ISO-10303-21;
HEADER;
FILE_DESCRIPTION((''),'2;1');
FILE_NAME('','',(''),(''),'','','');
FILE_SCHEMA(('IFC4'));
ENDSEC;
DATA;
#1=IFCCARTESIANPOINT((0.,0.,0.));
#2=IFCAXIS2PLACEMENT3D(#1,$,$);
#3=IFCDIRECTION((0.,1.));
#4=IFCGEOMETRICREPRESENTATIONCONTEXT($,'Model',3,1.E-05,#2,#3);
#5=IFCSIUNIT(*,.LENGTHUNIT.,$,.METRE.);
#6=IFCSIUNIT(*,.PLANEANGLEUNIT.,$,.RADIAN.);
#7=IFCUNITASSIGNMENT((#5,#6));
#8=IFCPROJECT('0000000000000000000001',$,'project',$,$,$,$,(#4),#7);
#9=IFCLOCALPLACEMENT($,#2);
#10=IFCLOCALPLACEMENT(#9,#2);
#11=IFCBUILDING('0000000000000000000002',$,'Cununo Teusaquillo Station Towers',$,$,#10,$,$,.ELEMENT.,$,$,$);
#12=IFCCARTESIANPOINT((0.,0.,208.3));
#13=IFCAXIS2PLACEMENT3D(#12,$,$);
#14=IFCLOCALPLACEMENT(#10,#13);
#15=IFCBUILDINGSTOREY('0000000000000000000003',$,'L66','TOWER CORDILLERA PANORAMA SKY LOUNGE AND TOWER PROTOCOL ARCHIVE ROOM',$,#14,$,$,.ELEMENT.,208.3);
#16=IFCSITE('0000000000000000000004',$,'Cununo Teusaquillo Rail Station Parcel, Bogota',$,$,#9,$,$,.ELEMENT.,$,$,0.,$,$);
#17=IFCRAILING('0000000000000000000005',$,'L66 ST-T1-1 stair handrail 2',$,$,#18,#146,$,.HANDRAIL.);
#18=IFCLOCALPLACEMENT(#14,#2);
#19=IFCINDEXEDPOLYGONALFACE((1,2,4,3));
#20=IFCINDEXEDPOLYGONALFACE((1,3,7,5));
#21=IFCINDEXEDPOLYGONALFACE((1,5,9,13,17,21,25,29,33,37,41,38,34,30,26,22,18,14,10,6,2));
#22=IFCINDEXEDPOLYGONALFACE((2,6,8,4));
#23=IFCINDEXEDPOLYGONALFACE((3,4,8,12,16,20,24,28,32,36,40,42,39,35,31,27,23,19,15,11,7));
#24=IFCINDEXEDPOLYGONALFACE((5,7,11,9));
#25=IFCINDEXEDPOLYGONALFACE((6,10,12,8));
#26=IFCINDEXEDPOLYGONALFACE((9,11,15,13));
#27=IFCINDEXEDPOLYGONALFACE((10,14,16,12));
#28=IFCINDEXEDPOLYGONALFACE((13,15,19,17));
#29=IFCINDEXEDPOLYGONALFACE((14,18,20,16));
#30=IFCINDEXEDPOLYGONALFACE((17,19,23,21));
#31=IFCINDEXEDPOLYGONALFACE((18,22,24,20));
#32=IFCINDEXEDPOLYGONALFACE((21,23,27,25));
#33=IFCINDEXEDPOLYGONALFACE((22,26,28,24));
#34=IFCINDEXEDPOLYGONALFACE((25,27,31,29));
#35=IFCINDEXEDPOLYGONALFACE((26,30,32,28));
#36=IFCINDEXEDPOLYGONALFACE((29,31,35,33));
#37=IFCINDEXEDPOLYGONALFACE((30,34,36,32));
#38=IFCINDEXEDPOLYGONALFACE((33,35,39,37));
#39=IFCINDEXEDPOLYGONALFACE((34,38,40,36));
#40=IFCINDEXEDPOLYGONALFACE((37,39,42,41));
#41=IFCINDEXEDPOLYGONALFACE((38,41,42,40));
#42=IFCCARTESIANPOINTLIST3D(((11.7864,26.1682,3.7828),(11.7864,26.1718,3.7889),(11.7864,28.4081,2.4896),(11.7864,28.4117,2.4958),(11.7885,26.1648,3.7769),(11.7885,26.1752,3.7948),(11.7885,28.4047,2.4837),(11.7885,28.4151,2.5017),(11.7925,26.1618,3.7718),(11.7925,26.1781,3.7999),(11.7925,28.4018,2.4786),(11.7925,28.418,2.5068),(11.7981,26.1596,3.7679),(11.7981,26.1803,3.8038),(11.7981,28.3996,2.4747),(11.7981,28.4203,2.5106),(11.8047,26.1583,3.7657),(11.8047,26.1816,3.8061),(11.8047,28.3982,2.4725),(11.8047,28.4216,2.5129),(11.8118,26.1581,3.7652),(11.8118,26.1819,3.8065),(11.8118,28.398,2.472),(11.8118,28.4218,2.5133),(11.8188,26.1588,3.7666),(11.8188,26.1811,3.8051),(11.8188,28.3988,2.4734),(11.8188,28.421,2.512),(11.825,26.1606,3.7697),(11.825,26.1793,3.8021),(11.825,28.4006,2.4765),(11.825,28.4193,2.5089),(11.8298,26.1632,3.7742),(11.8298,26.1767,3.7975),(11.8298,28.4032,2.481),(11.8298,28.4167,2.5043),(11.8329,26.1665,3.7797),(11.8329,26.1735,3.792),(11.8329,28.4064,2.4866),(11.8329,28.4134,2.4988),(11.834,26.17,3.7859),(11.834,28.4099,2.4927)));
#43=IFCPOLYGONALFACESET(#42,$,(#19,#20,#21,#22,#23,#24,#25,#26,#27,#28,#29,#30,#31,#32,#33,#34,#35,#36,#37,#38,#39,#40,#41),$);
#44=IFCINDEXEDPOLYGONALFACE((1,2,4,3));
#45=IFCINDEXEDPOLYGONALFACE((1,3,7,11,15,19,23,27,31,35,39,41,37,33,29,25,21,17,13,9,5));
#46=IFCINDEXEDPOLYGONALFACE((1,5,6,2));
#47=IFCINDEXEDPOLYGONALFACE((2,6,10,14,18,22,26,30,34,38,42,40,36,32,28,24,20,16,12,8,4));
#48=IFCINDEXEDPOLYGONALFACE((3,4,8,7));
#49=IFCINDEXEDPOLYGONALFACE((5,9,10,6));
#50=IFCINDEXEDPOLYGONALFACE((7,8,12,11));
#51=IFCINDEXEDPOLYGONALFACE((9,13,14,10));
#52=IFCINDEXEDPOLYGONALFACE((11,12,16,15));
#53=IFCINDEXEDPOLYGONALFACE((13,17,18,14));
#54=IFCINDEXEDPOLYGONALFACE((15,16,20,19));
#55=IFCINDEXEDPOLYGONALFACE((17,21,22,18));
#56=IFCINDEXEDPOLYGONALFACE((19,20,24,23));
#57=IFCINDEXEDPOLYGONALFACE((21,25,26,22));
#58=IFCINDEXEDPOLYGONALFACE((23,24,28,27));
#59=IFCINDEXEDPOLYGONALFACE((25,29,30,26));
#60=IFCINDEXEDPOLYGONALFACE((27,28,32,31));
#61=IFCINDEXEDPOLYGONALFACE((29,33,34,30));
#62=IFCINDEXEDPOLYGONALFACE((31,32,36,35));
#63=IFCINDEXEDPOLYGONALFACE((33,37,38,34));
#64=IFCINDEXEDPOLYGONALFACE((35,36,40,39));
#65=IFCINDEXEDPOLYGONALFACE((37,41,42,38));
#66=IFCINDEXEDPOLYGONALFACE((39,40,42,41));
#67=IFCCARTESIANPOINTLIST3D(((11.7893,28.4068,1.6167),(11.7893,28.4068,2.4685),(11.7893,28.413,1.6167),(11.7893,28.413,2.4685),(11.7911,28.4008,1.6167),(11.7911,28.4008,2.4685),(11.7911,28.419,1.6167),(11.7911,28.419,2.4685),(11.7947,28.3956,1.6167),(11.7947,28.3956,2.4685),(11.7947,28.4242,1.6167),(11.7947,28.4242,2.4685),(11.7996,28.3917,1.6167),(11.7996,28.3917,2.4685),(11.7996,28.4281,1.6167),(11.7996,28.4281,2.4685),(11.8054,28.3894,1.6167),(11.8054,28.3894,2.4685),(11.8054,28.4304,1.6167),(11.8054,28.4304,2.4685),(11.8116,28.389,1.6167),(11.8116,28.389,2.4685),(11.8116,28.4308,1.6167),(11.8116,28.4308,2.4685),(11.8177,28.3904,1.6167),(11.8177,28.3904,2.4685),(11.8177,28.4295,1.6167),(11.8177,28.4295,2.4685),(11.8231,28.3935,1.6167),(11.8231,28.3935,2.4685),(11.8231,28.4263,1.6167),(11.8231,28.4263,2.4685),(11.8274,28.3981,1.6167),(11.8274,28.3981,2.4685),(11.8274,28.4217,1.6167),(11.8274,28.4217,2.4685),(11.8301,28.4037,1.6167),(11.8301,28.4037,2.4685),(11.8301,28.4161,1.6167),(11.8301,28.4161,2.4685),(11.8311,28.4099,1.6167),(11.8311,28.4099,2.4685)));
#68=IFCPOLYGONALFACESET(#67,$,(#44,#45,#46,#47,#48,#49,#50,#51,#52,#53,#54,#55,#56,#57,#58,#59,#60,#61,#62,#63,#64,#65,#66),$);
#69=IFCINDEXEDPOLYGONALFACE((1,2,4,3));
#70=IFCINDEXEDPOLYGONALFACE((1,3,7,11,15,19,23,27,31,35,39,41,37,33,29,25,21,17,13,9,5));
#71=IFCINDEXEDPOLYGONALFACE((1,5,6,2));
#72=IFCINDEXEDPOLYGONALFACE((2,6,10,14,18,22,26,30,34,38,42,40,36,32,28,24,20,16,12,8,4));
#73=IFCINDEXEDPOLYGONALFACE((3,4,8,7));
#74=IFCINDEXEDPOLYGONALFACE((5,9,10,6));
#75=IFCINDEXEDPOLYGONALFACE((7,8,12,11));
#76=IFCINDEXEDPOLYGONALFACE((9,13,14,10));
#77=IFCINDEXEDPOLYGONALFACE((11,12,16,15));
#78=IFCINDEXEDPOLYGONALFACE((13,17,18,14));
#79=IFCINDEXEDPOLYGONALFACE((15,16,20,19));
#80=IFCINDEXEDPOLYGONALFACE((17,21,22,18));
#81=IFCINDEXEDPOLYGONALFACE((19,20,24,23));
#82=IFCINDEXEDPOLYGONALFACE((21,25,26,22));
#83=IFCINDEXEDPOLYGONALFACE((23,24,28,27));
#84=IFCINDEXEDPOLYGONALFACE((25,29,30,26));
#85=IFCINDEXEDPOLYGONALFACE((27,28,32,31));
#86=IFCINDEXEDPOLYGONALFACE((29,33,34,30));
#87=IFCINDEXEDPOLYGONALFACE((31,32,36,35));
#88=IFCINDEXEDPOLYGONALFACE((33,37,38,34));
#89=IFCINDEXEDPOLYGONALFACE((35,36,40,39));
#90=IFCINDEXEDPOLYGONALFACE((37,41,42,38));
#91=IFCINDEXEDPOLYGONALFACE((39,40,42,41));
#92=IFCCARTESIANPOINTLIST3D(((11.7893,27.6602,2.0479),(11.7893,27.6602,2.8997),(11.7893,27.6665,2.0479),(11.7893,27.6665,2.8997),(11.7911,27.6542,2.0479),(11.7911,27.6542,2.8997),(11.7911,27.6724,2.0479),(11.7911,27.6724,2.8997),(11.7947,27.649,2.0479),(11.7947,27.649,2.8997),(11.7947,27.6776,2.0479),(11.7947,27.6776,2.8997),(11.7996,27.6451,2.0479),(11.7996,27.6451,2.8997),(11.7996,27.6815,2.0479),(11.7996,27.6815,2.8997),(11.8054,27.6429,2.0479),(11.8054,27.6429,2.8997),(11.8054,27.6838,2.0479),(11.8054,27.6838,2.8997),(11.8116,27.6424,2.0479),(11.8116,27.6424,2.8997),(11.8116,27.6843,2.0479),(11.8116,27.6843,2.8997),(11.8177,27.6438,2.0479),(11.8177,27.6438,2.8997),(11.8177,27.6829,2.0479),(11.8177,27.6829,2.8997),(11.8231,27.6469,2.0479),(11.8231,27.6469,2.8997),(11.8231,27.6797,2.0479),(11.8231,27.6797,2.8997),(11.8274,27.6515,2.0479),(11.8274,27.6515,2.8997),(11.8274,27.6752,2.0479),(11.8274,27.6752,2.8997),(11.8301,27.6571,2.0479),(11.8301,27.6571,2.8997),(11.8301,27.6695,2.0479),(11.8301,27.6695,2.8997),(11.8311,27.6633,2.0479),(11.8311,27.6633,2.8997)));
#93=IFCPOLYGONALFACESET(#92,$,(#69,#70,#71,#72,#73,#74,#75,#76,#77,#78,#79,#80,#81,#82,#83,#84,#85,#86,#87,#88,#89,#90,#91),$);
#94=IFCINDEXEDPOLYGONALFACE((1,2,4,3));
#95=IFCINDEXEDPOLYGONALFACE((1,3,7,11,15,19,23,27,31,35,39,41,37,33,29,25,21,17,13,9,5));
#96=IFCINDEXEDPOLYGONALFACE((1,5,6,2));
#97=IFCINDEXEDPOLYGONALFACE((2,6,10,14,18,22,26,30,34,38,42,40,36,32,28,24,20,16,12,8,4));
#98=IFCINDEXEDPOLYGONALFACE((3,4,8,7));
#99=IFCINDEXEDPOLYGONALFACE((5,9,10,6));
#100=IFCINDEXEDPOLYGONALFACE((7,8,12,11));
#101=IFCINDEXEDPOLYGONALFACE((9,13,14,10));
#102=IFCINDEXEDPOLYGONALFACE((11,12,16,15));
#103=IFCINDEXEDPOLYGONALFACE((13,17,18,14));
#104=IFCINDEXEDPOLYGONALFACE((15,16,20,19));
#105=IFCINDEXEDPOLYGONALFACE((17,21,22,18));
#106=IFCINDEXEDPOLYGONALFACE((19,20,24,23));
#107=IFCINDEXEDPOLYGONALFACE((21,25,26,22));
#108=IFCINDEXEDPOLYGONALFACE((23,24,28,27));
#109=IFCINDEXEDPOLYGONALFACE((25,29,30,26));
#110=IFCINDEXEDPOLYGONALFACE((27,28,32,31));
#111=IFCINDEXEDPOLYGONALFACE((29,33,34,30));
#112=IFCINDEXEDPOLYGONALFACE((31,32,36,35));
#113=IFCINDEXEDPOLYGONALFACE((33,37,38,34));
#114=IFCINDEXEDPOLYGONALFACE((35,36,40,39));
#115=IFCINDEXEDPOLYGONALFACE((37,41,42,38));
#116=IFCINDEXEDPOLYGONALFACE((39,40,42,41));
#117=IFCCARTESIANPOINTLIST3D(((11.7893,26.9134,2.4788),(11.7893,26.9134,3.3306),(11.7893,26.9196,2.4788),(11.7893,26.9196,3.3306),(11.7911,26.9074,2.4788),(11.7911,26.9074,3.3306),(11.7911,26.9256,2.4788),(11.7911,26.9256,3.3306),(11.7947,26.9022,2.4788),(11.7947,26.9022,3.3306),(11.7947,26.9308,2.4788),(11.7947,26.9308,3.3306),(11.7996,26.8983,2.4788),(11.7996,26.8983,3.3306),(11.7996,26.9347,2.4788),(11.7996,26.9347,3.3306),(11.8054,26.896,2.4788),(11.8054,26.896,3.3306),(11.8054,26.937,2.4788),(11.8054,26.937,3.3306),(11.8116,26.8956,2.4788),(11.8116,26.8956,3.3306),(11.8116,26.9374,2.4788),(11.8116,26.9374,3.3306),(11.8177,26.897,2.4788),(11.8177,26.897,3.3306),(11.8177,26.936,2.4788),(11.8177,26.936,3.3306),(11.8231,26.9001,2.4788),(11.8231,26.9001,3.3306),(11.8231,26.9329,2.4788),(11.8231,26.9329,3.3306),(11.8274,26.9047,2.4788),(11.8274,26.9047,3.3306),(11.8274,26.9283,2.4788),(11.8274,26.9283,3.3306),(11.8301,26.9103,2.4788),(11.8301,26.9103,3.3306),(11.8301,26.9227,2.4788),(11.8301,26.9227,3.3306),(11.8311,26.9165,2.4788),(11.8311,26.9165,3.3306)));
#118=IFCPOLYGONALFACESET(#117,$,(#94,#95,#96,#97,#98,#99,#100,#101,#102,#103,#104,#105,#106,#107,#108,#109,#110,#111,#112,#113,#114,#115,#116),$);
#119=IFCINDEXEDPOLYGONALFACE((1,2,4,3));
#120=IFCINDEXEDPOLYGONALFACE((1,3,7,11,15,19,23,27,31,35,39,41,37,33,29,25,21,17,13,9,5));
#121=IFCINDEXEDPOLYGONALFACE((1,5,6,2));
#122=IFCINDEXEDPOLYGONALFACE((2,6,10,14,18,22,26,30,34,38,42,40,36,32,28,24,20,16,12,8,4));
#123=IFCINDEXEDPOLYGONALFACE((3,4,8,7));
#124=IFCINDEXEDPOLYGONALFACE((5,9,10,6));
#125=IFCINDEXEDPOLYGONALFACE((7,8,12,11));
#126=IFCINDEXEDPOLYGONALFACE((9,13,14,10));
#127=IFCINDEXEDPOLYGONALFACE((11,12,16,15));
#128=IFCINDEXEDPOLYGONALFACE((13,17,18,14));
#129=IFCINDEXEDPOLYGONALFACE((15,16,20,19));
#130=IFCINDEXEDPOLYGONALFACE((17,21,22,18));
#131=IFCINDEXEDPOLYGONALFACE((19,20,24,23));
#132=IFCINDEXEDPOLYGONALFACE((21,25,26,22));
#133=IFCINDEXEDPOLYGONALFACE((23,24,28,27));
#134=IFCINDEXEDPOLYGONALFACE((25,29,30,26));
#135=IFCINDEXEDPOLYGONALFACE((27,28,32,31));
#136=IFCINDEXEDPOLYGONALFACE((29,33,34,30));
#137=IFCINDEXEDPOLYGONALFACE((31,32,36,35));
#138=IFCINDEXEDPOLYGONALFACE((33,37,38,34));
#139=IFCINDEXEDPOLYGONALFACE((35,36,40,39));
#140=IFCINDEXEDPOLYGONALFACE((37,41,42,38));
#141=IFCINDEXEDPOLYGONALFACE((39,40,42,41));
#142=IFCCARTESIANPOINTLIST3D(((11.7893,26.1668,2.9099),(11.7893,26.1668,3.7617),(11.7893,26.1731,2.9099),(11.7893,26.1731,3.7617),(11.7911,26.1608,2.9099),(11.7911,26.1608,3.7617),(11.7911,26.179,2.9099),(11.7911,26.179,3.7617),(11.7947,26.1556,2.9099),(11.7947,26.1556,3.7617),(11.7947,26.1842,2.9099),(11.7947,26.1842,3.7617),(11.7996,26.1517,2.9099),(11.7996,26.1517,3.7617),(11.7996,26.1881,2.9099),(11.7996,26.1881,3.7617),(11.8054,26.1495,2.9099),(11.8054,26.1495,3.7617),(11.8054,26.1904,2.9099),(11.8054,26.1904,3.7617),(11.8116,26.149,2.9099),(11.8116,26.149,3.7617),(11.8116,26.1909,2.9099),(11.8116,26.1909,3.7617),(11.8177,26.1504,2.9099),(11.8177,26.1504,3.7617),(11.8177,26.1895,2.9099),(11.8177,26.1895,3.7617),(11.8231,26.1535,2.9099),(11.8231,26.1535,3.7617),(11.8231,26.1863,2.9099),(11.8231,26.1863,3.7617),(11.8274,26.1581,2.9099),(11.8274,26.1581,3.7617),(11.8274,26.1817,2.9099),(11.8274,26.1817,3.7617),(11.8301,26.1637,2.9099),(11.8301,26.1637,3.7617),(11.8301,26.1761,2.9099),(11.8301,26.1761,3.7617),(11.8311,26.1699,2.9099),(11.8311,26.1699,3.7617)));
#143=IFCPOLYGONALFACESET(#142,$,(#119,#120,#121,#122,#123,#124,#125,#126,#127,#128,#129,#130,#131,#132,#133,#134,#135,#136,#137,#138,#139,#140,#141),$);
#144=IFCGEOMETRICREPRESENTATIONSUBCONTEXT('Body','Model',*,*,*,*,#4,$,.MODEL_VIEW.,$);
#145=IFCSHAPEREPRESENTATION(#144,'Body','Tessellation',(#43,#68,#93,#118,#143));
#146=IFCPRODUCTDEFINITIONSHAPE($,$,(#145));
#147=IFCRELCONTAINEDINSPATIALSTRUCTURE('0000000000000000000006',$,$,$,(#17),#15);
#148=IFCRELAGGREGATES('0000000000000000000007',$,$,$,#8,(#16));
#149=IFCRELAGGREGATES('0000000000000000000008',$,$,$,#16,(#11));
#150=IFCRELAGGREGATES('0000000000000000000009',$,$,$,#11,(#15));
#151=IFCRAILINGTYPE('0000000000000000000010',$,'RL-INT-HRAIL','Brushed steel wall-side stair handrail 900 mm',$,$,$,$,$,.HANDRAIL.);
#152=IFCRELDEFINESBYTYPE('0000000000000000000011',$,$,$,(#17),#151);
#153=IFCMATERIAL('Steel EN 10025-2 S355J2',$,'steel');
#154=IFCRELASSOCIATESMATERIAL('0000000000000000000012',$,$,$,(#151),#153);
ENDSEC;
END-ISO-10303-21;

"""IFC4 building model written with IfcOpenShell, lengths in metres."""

from ifc_helpers import new_model, si_unit, direction, frame, origin, origin_2d, place, context, subcontext, project, spatial, circle, extrude, material, type_object, element, save


model = new_model("IFC4")

# Units and contexts
model_context = context("Model", 3, precision=1e-05, world=origin(), true_north=direction((0.0, 1.0)))
body_context = subcontext(model_context, "Body", "Model", "MODEL_VIEW")
ifc_project = project(units=[si_unit("LENGTHUNIT", "METRE"), si_unit("PLANEANGLEUNIT", "RADIAN")], contexts=[model_context])

# Site, building, storey
site_placement = place(None, origin())
site = spatial("IfcSite", under=ifc_project, at=site_placement, Name="Cununo Teusaquillo Rail Station Parcel, Bogota", CompositionType="ELEMENT", RefElevation=0.0)
building_placement = place(site_placement, origin())
building = spatial("IfcBuilding", under=site, at=building_placement, Name="Cununo Teusaquillo Station Towers", CompositionType="ELEMENT")
storey_placement = place(building_placement, frame((0.0, 0.0, 208.3)))
storey = spatial("IfcBuildingStorey", under=building, at=storey_placement, Name="L66", Description="TOWER CORDILLERA PANORAMA SKY LOUNGE AND TOWER PROTOCOL ARCHIVE ROOM", CompositionType="ELEMENT", Elevation=208.3)

# Railing
ifc_material_1 = material(Name="Steel EN 10025-2 S355J2", Category="steel")
railing_type_1 = type_object("IfcRailingType", Name="RL-INT-HRAIL", Description="Brushed steel wall-side stair handrail 900 mm", PredefinedType="HANDRAIL", material=ifc_material_1)
railing_1_placement = place(storey_placement, frame((11.8101, 28.4099, 1.6167)))
element("IfcRailing", 1, at=railing_1_placement, inside=storey, type_object=railing_type_1, Name="L66 ST-T1-1 stair handrail 2", PredefinedType="HANDRAIL", context=body_context, shape_type="SweptSolid", body=[
    extrude(circle(Radius=0.0239, at=origin_2d()), frame((0.0, 0.0, 0.876), z_axis=(0.0, -0.866033, 0.499987), x_axis=(1.0, 0.0, 0.0)), (0.0, 0.0, 1.0), 2.5864),
    extrude(circle(Radius=0.021, at=origin_2d()), origin(), (0.0, 0.0, 1.0), 0.8518),
    extrude(circle(Radius=0.021, at=origin_2d()), frame((0.0, -0.7466, 0.4312)), (0.0, 0.0, 1.0), 0.8518),
    extrude(circle(Radius=0.021, at=origin_2d()), frame((0.0, -1.4934, 0.8621)), (0.0, 0.0, 1.0), 0.8518),
    extrude(circle(Radius=0.021, at=origin_2d()), frame((0.0, -2.24, 1.2932)), (0.0, 0.0, 1.0), 0.8518),
])

save(model, "model.ifc")
